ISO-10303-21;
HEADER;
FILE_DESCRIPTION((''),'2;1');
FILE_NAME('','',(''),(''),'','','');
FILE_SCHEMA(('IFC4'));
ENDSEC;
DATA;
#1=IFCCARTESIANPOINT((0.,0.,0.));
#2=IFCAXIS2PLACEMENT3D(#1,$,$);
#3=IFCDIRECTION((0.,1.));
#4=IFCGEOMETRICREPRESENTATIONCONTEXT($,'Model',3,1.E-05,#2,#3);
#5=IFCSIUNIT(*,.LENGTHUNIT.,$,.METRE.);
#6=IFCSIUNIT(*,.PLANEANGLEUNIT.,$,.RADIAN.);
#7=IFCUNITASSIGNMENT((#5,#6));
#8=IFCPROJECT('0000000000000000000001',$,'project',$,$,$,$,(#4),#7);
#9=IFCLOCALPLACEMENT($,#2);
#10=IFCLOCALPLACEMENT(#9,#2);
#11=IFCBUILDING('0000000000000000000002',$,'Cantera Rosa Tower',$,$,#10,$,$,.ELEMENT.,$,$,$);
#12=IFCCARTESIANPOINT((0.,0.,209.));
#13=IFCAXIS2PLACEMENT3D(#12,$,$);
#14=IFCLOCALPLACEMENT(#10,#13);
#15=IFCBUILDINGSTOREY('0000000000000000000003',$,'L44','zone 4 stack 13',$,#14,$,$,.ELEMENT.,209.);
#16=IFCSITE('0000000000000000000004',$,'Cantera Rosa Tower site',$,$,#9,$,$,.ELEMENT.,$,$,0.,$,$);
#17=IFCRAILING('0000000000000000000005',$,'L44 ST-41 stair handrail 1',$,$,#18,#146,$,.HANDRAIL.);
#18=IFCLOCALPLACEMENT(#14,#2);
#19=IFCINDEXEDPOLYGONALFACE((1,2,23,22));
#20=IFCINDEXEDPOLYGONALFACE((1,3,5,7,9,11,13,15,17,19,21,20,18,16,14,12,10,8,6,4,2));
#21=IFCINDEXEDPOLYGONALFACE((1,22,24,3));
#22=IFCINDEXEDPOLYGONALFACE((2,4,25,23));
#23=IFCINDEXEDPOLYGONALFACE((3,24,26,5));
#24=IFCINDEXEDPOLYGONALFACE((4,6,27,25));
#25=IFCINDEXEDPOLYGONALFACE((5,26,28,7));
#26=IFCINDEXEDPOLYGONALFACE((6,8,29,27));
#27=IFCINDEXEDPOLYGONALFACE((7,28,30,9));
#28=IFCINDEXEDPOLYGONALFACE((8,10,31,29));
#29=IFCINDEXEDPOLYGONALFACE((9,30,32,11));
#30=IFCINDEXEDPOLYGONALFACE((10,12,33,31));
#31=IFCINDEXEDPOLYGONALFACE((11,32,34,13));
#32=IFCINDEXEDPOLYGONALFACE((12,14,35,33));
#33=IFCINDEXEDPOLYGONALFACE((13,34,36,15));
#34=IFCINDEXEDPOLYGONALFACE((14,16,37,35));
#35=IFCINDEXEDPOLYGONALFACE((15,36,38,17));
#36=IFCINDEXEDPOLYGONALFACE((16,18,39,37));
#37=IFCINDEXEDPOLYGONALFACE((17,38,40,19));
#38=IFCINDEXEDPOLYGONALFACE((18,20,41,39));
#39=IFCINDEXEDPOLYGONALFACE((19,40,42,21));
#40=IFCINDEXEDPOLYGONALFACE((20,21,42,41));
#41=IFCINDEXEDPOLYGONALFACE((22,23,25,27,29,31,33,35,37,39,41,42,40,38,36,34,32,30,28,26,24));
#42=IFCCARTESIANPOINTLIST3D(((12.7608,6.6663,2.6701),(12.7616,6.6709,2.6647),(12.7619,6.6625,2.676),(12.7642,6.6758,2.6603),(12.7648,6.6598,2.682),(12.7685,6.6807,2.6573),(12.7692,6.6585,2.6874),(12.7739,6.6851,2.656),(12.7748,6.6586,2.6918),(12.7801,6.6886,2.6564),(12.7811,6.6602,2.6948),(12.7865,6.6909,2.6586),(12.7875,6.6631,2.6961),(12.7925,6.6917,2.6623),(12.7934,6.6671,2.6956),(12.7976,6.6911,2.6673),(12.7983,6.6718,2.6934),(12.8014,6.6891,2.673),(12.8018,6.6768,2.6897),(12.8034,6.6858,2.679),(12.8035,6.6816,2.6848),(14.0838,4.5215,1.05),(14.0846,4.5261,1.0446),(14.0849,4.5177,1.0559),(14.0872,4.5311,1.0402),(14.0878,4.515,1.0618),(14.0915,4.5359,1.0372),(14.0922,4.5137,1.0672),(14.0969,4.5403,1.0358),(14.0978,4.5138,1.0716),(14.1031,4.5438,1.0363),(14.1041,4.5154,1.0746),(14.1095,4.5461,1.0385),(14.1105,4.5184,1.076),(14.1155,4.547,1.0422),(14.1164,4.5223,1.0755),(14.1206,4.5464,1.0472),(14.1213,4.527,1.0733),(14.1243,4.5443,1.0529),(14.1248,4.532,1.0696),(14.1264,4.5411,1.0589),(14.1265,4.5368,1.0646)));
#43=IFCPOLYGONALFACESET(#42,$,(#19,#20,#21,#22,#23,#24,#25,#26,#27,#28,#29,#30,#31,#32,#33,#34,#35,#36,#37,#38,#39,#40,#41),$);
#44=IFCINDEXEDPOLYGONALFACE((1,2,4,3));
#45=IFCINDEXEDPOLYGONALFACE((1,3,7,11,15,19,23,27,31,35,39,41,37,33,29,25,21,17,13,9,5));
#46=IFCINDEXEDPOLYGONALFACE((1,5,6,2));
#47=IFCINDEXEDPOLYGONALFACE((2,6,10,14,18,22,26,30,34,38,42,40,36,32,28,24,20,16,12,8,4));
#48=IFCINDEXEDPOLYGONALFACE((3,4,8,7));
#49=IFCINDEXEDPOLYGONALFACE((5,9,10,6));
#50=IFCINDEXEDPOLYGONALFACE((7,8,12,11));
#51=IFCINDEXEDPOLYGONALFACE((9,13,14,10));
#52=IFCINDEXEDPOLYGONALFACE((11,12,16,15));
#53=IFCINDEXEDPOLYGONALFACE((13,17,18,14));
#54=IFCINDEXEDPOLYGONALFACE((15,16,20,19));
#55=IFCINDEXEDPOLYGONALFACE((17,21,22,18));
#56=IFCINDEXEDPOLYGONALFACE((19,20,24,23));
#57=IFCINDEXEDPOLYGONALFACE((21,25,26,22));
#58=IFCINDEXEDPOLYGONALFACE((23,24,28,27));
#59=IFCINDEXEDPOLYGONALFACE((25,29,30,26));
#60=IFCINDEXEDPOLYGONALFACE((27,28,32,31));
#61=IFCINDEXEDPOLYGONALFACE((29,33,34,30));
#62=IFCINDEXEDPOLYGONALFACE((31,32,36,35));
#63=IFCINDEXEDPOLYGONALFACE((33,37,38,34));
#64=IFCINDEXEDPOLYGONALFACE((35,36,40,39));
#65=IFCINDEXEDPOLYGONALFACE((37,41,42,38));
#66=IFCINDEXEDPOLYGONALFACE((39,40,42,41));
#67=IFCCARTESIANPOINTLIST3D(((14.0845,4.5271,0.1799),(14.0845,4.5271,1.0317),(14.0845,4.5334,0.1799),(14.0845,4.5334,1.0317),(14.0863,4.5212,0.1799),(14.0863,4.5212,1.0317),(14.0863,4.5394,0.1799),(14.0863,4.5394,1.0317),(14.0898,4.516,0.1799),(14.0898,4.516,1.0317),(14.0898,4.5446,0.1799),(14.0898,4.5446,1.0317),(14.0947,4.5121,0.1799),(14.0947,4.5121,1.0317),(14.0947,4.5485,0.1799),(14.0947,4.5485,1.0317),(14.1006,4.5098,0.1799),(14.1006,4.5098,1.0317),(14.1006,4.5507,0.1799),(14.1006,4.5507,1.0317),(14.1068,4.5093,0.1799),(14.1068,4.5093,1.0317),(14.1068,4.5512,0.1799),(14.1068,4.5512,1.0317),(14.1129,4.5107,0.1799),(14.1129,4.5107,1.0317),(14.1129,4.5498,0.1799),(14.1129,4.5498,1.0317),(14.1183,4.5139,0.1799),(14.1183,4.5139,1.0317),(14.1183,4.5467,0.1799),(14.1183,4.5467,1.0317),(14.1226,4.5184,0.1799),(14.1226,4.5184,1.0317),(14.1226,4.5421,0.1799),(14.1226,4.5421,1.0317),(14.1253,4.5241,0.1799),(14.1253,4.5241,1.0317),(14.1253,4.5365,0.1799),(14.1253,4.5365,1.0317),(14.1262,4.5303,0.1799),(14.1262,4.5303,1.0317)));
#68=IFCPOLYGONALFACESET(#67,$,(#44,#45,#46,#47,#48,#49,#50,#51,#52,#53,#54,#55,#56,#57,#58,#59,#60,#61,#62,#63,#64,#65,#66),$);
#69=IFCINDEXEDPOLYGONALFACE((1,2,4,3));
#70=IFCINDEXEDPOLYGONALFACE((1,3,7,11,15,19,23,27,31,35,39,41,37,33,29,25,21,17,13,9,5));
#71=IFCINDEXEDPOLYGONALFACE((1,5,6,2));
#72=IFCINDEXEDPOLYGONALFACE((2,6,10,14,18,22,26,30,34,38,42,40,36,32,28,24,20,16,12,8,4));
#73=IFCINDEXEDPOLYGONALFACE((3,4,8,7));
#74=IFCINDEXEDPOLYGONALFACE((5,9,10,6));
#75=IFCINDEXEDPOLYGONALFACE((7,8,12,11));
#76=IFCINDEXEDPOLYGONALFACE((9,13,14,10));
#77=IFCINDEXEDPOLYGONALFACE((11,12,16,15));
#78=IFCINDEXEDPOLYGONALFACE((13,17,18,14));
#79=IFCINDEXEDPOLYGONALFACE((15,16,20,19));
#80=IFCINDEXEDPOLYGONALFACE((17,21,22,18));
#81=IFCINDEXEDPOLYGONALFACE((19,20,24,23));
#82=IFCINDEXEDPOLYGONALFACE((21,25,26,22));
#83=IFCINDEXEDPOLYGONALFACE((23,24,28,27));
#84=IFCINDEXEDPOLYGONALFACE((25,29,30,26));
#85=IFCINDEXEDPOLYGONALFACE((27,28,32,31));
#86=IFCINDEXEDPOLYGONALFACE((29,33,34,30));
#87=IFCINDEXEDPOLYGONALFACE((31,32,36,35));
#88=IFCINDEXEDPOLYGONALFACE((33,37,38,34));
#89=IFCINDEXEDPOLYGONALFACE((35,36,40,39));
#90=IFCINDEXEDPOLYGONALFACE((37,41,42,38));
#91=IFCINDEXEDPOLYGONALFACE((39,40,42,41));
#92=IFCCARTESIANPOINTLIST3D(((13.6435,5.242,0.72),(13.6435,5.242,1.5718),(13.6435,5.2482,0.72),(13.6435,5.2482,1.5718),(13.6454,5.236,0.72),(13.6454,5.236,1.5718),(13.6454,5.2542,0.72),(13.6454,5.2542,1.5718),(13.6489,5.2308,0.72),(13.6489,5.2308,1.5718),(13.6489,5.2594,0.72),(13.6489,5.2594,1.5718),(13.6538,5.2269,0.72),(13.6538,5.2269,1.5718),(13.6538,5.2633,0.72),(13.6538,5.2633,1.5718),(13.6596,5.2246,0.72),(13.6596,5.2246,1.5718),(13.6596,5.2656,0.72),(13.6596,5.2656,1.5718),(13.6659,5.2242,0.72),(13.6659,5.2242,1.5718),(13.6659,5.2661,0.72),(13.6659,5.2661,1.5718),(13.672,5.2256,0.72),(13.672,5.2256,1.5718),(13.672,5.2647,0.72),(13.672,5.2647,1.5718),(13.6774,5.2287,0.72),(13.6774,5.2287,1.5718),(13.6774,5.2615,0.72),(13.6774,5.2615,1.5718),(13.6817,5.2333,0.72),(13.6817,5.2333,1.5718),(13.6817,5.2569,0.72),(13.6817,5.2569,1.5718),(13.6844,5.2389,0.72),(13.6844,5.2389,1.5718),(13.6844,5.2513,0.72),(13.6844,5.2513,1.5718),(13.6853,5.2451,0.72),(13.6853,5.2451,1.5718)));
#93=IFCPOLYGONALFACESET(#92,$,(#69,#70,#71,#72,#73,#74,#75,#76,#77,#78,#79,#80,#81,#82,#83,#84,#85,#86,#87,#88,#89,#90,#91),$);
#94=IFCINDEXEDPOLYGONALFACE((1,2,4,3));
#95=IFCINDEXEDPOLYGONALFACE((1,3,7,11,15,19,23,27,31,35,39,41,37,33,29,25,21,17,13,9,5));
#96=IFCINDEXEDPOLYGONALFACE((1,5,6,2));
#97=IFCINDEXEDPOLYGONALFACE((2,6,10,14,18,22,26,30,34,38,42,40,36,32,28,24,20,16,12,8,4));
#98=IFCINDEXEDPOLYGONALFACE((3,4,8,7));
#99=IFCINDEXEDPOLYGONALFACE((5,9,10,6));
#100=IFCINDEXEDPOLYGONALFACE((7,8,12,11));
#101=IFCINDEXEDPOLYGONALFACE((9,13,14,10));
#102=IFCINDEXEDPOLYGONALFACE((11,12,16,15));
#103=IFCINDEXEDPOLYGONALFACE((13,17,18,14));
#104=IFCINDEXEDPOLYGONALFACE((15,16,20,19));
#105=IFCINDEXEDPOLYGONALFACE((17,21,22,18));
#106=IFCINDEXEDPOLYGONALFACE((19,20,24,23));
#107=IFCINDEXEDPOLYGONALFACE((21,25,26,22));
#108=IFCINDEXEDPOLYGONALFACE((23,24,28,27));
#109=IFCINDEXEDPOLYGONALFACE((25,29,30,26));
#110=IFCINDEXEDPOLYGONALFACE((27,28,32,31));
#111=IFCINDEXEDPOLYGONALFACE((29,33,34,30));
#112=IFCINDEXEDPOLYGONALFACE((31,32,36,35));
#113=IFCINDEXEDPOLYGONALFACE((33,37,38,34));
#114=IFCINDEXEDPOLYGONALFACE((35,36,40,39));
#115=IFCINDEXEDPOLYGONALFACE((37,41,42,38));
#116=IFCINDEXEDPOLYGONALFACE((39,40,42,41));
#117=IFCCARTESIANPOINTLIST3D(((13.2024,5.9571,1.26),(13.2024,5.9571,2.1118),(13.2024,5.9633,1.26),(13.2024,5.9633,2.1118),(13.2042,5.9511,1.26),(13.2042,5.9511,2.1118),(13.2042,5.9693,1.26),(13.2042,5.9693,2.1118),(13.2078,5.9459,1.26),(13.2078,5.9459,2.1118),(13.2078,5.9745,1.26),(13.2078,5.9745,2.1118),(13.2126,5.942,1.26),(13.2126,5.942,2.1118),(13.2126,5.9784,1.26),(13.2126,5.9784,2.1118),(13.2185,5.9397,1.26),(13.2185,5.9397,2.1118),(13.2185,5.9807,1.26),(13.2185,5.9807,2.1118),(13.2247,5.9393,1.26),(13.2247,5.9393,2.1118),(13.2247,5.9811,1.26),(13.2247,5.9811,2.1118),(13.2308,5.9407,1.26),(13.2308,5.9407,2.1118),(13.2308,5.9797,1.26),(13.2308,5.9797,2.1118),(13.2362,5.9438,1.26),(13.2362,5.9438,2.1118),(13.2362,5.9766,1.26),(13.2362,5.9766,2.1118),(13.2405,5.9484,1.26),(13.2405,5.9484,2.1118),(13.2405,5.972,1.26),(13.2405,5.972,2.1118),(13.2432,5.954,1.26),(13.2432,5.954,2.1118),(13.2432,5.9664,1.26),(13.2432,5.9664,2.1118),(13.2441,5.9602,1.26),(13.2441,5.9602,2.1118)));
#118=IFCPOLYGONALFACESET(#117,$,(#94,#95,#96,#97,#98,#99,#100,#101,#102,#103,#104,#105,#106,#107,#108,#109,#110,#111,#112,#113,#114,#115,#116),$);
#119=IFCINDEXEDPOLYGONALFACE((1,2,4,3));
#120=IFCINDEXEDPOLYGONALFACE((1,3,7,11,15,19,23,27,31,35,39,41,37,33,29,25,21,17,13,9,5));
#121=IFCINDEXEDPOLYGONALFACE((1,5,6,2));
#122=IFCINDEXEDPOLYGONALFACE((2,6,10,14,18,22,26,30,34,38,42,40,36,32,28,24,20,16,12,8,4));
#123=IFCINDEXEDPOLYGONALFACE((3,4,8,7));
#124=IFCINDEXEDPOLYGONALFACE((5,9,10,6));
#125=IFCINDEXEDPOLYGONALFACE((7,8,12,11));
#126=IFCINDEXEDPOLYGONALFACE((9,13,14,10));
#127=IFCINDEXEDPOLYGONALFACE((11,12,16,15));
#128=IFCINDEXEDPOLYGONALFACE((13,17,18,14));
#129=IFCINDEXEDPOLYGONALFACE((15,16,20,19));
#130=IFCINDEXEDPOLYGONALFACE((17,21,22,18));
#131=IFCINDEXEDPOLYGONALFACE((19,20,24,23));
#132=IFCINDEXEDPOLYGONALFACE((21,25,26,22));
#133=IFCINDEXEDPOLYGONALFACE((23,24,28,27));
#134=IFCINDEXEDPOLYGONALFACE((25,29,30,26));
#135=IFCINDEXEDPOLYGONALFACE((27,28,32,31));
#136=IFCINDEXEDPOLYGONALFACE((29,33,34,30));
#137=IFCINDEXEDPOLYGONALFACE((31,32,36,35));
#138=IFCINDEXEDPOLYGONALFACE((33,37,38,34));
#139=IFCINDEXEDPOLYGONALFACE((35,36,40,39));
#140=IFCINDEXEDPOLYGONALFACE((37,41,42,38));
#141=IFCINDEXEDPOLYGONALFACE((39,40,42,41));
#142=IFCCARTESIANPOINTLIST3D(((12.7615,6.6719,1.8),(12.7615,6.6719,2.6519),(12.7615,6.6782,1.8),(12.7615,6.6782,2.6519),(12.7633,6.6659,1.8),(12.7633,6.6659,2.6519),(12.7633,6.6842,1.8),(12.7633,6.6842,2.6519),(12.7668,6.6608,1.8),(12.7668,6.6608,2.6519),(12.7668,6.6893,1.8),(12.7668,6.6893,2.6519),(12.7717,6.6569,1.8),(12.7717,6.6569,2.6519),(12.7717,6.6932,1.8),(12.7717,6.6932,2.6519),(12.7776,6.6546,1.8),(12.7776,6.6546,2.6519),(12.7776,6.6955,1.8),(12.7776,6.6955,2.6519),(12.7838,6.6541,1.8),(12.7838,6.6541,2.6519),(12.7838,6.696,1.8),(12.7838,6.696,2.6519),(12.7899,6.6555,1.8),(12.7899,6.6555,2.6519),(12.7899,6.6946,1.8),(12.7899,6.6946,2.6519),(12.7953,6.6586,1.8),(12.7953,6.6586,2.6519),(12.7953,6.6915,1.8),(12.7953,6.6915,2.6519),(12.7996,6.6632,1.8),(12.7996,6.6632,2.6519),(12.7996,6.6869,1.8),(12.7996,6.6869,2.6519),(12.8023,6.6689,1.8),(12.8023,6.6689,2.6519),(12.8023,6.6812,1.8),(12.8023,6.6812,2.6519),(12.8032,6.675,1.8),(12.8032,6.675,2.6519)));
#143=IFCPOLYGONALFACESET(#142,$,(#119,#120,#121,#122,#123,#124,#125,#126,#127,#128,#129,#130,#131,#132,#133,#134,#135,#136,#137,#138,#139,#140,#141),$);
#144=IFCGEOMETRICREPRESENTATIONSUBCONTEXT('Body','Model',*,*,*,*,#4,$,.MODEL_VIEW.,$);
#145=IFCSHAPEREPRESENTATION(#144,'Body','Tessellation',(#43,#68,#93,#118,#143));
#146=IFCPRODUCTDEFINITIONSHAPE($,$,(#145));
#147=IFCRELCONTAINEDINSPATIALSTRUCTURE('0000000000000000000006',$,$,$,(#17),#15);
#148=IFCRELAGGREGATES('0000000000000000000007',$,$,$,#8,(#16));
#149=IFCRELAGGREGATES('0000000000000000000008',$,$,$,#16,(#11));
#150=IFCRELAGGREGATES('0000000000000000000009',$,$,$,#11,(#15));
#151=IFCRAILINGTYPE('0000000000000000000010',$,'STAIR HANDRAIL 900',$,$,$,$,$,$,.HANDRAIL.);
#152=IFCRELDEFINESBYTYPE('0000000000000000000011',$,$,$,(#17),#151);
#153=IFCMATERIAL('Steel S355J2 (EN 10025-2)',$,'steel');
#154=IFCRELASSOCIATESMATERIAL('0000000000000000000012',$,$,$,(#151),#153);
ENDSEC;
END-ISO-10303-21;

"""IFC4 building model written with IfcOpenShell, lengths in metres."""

from ifc_helpers import new_model, si_unit, direction, frame, origin, origin_2d, place, context, subcontext, project, spatial, circle, extrude, material, type_object, element, save


model = new_model("IFC4")

# Units and contexts
model_context = context("Model", 3, precision=1e-05, world=origin(), true_north=direction((0.0, 1.0)))
body_context = subcontext(model_context, "Body", "Model", "MODEL_VIEW")
ifc_project = project(units=[si_unit("LENGTHUNIT", "METRE"), si_unit("PLANEANGLEUNIT", "RADIAN")], contexts=[model_context])

# Site, building, storey
site_placement = place(None, origin())
site = spatial("IfcSite", under=ifc_project, at=site_placement, Name="Cantera Rosa Tower site", CompositionType="ELEMENT", RefElevation=0.0)
building_placement = place(site_placement, origin())
building = spatial("IfcBuilding", under=site, at=building_placement, Name="Cantera Rosa Tower", CompositionType="ELEMENT")
storey_placement = place(building_placement, frame((0.0, 0.0, 209.0)))
storey = spatial("IfcBuildingStorey", under=building, at=storey_placement, Name="L44", Description="zone 4 stack 13", CompositionType="ELEMENT", Elevation=209.0)

# Railing
ifc_material_1 = material(Name="Steel S355J2 (EN 10025-2)", Category="steel")
railing_type_1 = type_object("IfcRailingType", Name="STAIR HANDRAIL 900", PredefinedType="HANDRAIL", material=ifc_material_1)
railing_1_placement = place(storey_placement, frame((14.1052, 4.5303, 0.1799)))
element("IfcRailing", 1, at=railing_1_placement, inside=storey, type_object=railing_type_1, Name="L44 ST-41 stair handrail 1", PredefinedType="HANDRAIL", context=body_context, shape_type="SweptSolid", body=[
    extrude(circle(Radius=0.0239, at=origin_2d()), frame((0.0, 0.0, 0.876), z_axis=(-0.441609, 0.715914, 0.540786), x_axis=(-0.851102, -0.525, 0.0)), (0.0, 0.0, 1.0), 2.9958),
    extrude(circle(Radius=0.021, at=origin_2d()), origin(), (0.0, 0.0, 1.0), 0.8518),
    extrude(circle(Radius=0.021, at=origin_2d()), frame((-0.4409, 0.7148, 0.54)), (0.0, 0.0, 1.0), 0.8518),
    extrude(circle(Radius=0.021, at=origin_2d()), frame((-0.8821, 1.4299, 1.0801)), (0.0, 0.0, 1.0), 0.8518),
    extrude(circle(Radius=0.021, at=origin_2d()), frame((-1.323, 2.1448, 1.6201)), (0.0, 0.0, 1.0), 0.8518),
])

save(model, "model.ifc")
